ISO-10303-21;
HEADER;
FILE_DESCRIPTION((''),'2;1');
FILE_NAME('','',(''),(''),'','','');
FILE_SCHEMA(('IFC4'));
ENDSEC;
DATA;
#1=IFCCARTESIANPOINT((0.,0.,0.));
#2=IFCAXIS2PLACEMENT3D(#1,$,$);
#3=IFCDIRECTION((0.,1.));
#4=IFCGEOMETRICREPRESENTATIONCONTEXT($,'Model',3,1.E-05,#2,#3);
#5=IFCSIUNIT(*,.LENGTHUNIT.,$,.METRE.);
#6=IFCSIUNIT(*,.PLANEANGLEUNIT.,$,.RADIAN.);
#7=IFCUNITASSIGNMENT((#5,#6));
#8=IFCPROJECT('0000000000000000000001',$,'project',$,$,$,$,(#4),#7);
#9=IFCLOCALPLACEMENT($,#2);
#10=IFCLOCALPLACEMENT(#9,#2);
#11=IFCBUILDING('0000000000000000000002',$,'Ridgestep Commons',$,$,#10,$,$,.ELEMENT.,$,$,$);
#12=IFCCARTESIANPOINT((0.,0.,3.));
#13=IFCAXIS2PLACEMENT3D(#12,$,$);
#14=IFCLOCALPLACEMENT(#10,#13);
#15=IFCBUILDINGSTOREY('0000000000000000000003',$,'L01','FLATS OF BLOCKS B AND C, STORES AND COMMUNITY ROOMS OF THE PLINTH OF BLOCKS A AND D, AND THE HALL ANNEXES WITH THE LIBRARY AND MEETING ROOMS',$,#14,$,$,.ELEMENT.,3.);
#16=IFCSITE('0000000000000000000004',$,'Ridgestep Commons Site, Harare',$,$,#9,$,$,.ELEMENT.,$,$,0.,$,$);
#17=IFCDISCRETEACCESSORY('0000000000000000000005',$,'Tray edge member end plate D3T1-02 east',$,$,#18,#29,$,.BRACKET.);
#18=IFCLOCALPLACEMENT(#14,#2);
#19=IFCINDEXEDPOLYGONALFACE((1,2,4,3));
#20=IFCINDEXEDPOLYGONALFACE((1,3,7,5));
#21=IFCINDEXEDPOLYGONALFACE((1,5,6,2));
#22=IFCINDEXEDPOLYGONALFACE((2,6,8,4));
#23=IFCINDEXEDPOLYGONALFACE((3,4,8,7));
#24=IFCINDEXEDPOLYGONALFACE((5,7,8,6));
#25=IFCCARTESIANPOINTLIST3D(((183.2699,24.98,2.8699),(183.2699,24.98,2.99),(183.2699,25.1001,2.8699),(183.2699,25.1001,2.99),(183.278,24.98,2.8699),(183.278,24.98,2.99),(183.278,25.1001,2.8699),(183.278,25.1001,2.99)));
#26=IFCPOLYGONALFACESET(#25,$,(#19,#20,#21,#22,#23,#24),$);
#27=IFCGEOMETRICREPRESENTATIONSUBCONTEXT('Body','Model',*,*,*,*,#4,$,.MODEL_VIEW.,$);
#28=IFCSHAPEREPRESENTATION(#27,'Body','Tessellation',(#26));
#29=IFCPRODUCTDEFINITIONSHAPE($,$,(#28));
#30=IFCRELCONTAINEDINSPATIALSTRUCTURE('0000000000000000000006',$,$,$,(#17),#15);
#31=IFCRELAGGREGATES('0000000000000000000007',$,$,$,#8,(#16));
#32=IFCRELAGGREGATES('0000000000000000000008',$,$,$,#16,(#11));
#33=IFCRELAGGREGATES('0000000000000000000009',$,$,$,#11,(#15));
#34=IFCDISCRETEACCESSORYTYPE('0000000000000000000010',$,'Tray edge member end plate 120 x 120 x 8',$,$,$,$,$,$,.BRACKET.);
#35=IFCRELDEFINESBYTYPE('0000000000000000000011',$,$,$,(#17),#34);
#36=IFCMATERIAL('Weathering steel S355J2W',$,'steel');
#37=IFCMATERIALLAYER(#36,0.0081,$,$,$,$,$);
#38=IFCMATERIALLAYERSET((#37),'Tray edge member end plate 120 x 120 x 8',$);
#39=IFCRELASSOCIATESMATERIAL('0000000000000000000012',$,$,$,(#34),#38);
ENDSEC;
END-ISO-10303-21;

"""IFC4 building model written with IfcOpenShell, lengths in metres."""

from ifc_helpers import new_model, si_unit, direction, frame, origin, origin_2d, place, context, subcontext, project, spatial, rectangle, extrude, material, layer, layer_set, type_object, element, save


model = new_model("IFC4")

# Units and contexts
model_context = context("Model", 3, precision=1e-05, world=origin(), true_north=direction((0.0, 1.0)))
body_context = subcontext(model_context, "Body", "Model", "MODEL_VIEW")
ifc_project = project(units=[si_unit("LENGTHUNIT", "METRE"), si_unit("PLANEANGLEUNIT", "RADIAN")], contexts=[model_context])

# Site, building, storey
site_placement = place(None, origin())
site = spatial("IfcSite", under=ifc_project, at=site_placement, Name="Ridgestep Commons Site, Harare", CompositionType="ELEMENT", RefElevation=0.0)
building_placement = place(site_placement, origin())
building = spatial("IfcBuilding", under=site, at=building_placement, Name="Ridgestep Commons", CompositionType="ELEMENT")
storey_placement = place(building_placement, frame((0.0, 0.0, 3.0)))
storey = spatial("IfcBuildingStorey", under=building, at=storey_placement, Name="L01", Description="FLATS OF BLOCKS B AND C, STORES AND COMMUNITY ROOMS OF THE PLINTH OF BLOCKS A AND D, AND THE HALL ANNEXES WITH THE LIBRARY AND MEETING ROOMS", CompositionType="ELEMENT", Elevation=3.0)

# Discrete accessory
ifc_material_1 = material(Name="Weathering steel S355J2W", Category="steel")
ifc_layer_1 = layer(ifc_material_1, 0.0081)
ifc_layer_set_1 = layer_set([ifc_layer_1], Name="Tray edge member end plate 120 x 120 x 8")
discrete_accessory_type = type_object("IfcDiscreteAccessoryType", Name="Tray edge member end plate 120 x 120 x 8", PredefinedType="BRACKET", material=ifc_layer_set_1)
for number, where, z_axis, x_axis, name in (
    (1, (183.2739, 25.04, 2.8699), (0.0, 0.0, 1.0), (1.0, 0.0, 0.0), "Tray edge member end plate D3T1-02 east"),
):
    element("IfcDiscreteAccessory", number, at=place(storey_placement, frame(where, z_axis=z_axis, x_axis=x_axis)), inside=storey, type_object=discrete_accessory_type, Name=name, PredefinedType="BRACKET", context=body_context, shape_type="SweptSolid", body=[
        extrude(rectangle(XDim=0.0081, YDim=0.1201, at=origin_2d()), origin(), (0.0, 0.0, 1.0), 0.1201),
    ])

save(model, "model.ifc")
